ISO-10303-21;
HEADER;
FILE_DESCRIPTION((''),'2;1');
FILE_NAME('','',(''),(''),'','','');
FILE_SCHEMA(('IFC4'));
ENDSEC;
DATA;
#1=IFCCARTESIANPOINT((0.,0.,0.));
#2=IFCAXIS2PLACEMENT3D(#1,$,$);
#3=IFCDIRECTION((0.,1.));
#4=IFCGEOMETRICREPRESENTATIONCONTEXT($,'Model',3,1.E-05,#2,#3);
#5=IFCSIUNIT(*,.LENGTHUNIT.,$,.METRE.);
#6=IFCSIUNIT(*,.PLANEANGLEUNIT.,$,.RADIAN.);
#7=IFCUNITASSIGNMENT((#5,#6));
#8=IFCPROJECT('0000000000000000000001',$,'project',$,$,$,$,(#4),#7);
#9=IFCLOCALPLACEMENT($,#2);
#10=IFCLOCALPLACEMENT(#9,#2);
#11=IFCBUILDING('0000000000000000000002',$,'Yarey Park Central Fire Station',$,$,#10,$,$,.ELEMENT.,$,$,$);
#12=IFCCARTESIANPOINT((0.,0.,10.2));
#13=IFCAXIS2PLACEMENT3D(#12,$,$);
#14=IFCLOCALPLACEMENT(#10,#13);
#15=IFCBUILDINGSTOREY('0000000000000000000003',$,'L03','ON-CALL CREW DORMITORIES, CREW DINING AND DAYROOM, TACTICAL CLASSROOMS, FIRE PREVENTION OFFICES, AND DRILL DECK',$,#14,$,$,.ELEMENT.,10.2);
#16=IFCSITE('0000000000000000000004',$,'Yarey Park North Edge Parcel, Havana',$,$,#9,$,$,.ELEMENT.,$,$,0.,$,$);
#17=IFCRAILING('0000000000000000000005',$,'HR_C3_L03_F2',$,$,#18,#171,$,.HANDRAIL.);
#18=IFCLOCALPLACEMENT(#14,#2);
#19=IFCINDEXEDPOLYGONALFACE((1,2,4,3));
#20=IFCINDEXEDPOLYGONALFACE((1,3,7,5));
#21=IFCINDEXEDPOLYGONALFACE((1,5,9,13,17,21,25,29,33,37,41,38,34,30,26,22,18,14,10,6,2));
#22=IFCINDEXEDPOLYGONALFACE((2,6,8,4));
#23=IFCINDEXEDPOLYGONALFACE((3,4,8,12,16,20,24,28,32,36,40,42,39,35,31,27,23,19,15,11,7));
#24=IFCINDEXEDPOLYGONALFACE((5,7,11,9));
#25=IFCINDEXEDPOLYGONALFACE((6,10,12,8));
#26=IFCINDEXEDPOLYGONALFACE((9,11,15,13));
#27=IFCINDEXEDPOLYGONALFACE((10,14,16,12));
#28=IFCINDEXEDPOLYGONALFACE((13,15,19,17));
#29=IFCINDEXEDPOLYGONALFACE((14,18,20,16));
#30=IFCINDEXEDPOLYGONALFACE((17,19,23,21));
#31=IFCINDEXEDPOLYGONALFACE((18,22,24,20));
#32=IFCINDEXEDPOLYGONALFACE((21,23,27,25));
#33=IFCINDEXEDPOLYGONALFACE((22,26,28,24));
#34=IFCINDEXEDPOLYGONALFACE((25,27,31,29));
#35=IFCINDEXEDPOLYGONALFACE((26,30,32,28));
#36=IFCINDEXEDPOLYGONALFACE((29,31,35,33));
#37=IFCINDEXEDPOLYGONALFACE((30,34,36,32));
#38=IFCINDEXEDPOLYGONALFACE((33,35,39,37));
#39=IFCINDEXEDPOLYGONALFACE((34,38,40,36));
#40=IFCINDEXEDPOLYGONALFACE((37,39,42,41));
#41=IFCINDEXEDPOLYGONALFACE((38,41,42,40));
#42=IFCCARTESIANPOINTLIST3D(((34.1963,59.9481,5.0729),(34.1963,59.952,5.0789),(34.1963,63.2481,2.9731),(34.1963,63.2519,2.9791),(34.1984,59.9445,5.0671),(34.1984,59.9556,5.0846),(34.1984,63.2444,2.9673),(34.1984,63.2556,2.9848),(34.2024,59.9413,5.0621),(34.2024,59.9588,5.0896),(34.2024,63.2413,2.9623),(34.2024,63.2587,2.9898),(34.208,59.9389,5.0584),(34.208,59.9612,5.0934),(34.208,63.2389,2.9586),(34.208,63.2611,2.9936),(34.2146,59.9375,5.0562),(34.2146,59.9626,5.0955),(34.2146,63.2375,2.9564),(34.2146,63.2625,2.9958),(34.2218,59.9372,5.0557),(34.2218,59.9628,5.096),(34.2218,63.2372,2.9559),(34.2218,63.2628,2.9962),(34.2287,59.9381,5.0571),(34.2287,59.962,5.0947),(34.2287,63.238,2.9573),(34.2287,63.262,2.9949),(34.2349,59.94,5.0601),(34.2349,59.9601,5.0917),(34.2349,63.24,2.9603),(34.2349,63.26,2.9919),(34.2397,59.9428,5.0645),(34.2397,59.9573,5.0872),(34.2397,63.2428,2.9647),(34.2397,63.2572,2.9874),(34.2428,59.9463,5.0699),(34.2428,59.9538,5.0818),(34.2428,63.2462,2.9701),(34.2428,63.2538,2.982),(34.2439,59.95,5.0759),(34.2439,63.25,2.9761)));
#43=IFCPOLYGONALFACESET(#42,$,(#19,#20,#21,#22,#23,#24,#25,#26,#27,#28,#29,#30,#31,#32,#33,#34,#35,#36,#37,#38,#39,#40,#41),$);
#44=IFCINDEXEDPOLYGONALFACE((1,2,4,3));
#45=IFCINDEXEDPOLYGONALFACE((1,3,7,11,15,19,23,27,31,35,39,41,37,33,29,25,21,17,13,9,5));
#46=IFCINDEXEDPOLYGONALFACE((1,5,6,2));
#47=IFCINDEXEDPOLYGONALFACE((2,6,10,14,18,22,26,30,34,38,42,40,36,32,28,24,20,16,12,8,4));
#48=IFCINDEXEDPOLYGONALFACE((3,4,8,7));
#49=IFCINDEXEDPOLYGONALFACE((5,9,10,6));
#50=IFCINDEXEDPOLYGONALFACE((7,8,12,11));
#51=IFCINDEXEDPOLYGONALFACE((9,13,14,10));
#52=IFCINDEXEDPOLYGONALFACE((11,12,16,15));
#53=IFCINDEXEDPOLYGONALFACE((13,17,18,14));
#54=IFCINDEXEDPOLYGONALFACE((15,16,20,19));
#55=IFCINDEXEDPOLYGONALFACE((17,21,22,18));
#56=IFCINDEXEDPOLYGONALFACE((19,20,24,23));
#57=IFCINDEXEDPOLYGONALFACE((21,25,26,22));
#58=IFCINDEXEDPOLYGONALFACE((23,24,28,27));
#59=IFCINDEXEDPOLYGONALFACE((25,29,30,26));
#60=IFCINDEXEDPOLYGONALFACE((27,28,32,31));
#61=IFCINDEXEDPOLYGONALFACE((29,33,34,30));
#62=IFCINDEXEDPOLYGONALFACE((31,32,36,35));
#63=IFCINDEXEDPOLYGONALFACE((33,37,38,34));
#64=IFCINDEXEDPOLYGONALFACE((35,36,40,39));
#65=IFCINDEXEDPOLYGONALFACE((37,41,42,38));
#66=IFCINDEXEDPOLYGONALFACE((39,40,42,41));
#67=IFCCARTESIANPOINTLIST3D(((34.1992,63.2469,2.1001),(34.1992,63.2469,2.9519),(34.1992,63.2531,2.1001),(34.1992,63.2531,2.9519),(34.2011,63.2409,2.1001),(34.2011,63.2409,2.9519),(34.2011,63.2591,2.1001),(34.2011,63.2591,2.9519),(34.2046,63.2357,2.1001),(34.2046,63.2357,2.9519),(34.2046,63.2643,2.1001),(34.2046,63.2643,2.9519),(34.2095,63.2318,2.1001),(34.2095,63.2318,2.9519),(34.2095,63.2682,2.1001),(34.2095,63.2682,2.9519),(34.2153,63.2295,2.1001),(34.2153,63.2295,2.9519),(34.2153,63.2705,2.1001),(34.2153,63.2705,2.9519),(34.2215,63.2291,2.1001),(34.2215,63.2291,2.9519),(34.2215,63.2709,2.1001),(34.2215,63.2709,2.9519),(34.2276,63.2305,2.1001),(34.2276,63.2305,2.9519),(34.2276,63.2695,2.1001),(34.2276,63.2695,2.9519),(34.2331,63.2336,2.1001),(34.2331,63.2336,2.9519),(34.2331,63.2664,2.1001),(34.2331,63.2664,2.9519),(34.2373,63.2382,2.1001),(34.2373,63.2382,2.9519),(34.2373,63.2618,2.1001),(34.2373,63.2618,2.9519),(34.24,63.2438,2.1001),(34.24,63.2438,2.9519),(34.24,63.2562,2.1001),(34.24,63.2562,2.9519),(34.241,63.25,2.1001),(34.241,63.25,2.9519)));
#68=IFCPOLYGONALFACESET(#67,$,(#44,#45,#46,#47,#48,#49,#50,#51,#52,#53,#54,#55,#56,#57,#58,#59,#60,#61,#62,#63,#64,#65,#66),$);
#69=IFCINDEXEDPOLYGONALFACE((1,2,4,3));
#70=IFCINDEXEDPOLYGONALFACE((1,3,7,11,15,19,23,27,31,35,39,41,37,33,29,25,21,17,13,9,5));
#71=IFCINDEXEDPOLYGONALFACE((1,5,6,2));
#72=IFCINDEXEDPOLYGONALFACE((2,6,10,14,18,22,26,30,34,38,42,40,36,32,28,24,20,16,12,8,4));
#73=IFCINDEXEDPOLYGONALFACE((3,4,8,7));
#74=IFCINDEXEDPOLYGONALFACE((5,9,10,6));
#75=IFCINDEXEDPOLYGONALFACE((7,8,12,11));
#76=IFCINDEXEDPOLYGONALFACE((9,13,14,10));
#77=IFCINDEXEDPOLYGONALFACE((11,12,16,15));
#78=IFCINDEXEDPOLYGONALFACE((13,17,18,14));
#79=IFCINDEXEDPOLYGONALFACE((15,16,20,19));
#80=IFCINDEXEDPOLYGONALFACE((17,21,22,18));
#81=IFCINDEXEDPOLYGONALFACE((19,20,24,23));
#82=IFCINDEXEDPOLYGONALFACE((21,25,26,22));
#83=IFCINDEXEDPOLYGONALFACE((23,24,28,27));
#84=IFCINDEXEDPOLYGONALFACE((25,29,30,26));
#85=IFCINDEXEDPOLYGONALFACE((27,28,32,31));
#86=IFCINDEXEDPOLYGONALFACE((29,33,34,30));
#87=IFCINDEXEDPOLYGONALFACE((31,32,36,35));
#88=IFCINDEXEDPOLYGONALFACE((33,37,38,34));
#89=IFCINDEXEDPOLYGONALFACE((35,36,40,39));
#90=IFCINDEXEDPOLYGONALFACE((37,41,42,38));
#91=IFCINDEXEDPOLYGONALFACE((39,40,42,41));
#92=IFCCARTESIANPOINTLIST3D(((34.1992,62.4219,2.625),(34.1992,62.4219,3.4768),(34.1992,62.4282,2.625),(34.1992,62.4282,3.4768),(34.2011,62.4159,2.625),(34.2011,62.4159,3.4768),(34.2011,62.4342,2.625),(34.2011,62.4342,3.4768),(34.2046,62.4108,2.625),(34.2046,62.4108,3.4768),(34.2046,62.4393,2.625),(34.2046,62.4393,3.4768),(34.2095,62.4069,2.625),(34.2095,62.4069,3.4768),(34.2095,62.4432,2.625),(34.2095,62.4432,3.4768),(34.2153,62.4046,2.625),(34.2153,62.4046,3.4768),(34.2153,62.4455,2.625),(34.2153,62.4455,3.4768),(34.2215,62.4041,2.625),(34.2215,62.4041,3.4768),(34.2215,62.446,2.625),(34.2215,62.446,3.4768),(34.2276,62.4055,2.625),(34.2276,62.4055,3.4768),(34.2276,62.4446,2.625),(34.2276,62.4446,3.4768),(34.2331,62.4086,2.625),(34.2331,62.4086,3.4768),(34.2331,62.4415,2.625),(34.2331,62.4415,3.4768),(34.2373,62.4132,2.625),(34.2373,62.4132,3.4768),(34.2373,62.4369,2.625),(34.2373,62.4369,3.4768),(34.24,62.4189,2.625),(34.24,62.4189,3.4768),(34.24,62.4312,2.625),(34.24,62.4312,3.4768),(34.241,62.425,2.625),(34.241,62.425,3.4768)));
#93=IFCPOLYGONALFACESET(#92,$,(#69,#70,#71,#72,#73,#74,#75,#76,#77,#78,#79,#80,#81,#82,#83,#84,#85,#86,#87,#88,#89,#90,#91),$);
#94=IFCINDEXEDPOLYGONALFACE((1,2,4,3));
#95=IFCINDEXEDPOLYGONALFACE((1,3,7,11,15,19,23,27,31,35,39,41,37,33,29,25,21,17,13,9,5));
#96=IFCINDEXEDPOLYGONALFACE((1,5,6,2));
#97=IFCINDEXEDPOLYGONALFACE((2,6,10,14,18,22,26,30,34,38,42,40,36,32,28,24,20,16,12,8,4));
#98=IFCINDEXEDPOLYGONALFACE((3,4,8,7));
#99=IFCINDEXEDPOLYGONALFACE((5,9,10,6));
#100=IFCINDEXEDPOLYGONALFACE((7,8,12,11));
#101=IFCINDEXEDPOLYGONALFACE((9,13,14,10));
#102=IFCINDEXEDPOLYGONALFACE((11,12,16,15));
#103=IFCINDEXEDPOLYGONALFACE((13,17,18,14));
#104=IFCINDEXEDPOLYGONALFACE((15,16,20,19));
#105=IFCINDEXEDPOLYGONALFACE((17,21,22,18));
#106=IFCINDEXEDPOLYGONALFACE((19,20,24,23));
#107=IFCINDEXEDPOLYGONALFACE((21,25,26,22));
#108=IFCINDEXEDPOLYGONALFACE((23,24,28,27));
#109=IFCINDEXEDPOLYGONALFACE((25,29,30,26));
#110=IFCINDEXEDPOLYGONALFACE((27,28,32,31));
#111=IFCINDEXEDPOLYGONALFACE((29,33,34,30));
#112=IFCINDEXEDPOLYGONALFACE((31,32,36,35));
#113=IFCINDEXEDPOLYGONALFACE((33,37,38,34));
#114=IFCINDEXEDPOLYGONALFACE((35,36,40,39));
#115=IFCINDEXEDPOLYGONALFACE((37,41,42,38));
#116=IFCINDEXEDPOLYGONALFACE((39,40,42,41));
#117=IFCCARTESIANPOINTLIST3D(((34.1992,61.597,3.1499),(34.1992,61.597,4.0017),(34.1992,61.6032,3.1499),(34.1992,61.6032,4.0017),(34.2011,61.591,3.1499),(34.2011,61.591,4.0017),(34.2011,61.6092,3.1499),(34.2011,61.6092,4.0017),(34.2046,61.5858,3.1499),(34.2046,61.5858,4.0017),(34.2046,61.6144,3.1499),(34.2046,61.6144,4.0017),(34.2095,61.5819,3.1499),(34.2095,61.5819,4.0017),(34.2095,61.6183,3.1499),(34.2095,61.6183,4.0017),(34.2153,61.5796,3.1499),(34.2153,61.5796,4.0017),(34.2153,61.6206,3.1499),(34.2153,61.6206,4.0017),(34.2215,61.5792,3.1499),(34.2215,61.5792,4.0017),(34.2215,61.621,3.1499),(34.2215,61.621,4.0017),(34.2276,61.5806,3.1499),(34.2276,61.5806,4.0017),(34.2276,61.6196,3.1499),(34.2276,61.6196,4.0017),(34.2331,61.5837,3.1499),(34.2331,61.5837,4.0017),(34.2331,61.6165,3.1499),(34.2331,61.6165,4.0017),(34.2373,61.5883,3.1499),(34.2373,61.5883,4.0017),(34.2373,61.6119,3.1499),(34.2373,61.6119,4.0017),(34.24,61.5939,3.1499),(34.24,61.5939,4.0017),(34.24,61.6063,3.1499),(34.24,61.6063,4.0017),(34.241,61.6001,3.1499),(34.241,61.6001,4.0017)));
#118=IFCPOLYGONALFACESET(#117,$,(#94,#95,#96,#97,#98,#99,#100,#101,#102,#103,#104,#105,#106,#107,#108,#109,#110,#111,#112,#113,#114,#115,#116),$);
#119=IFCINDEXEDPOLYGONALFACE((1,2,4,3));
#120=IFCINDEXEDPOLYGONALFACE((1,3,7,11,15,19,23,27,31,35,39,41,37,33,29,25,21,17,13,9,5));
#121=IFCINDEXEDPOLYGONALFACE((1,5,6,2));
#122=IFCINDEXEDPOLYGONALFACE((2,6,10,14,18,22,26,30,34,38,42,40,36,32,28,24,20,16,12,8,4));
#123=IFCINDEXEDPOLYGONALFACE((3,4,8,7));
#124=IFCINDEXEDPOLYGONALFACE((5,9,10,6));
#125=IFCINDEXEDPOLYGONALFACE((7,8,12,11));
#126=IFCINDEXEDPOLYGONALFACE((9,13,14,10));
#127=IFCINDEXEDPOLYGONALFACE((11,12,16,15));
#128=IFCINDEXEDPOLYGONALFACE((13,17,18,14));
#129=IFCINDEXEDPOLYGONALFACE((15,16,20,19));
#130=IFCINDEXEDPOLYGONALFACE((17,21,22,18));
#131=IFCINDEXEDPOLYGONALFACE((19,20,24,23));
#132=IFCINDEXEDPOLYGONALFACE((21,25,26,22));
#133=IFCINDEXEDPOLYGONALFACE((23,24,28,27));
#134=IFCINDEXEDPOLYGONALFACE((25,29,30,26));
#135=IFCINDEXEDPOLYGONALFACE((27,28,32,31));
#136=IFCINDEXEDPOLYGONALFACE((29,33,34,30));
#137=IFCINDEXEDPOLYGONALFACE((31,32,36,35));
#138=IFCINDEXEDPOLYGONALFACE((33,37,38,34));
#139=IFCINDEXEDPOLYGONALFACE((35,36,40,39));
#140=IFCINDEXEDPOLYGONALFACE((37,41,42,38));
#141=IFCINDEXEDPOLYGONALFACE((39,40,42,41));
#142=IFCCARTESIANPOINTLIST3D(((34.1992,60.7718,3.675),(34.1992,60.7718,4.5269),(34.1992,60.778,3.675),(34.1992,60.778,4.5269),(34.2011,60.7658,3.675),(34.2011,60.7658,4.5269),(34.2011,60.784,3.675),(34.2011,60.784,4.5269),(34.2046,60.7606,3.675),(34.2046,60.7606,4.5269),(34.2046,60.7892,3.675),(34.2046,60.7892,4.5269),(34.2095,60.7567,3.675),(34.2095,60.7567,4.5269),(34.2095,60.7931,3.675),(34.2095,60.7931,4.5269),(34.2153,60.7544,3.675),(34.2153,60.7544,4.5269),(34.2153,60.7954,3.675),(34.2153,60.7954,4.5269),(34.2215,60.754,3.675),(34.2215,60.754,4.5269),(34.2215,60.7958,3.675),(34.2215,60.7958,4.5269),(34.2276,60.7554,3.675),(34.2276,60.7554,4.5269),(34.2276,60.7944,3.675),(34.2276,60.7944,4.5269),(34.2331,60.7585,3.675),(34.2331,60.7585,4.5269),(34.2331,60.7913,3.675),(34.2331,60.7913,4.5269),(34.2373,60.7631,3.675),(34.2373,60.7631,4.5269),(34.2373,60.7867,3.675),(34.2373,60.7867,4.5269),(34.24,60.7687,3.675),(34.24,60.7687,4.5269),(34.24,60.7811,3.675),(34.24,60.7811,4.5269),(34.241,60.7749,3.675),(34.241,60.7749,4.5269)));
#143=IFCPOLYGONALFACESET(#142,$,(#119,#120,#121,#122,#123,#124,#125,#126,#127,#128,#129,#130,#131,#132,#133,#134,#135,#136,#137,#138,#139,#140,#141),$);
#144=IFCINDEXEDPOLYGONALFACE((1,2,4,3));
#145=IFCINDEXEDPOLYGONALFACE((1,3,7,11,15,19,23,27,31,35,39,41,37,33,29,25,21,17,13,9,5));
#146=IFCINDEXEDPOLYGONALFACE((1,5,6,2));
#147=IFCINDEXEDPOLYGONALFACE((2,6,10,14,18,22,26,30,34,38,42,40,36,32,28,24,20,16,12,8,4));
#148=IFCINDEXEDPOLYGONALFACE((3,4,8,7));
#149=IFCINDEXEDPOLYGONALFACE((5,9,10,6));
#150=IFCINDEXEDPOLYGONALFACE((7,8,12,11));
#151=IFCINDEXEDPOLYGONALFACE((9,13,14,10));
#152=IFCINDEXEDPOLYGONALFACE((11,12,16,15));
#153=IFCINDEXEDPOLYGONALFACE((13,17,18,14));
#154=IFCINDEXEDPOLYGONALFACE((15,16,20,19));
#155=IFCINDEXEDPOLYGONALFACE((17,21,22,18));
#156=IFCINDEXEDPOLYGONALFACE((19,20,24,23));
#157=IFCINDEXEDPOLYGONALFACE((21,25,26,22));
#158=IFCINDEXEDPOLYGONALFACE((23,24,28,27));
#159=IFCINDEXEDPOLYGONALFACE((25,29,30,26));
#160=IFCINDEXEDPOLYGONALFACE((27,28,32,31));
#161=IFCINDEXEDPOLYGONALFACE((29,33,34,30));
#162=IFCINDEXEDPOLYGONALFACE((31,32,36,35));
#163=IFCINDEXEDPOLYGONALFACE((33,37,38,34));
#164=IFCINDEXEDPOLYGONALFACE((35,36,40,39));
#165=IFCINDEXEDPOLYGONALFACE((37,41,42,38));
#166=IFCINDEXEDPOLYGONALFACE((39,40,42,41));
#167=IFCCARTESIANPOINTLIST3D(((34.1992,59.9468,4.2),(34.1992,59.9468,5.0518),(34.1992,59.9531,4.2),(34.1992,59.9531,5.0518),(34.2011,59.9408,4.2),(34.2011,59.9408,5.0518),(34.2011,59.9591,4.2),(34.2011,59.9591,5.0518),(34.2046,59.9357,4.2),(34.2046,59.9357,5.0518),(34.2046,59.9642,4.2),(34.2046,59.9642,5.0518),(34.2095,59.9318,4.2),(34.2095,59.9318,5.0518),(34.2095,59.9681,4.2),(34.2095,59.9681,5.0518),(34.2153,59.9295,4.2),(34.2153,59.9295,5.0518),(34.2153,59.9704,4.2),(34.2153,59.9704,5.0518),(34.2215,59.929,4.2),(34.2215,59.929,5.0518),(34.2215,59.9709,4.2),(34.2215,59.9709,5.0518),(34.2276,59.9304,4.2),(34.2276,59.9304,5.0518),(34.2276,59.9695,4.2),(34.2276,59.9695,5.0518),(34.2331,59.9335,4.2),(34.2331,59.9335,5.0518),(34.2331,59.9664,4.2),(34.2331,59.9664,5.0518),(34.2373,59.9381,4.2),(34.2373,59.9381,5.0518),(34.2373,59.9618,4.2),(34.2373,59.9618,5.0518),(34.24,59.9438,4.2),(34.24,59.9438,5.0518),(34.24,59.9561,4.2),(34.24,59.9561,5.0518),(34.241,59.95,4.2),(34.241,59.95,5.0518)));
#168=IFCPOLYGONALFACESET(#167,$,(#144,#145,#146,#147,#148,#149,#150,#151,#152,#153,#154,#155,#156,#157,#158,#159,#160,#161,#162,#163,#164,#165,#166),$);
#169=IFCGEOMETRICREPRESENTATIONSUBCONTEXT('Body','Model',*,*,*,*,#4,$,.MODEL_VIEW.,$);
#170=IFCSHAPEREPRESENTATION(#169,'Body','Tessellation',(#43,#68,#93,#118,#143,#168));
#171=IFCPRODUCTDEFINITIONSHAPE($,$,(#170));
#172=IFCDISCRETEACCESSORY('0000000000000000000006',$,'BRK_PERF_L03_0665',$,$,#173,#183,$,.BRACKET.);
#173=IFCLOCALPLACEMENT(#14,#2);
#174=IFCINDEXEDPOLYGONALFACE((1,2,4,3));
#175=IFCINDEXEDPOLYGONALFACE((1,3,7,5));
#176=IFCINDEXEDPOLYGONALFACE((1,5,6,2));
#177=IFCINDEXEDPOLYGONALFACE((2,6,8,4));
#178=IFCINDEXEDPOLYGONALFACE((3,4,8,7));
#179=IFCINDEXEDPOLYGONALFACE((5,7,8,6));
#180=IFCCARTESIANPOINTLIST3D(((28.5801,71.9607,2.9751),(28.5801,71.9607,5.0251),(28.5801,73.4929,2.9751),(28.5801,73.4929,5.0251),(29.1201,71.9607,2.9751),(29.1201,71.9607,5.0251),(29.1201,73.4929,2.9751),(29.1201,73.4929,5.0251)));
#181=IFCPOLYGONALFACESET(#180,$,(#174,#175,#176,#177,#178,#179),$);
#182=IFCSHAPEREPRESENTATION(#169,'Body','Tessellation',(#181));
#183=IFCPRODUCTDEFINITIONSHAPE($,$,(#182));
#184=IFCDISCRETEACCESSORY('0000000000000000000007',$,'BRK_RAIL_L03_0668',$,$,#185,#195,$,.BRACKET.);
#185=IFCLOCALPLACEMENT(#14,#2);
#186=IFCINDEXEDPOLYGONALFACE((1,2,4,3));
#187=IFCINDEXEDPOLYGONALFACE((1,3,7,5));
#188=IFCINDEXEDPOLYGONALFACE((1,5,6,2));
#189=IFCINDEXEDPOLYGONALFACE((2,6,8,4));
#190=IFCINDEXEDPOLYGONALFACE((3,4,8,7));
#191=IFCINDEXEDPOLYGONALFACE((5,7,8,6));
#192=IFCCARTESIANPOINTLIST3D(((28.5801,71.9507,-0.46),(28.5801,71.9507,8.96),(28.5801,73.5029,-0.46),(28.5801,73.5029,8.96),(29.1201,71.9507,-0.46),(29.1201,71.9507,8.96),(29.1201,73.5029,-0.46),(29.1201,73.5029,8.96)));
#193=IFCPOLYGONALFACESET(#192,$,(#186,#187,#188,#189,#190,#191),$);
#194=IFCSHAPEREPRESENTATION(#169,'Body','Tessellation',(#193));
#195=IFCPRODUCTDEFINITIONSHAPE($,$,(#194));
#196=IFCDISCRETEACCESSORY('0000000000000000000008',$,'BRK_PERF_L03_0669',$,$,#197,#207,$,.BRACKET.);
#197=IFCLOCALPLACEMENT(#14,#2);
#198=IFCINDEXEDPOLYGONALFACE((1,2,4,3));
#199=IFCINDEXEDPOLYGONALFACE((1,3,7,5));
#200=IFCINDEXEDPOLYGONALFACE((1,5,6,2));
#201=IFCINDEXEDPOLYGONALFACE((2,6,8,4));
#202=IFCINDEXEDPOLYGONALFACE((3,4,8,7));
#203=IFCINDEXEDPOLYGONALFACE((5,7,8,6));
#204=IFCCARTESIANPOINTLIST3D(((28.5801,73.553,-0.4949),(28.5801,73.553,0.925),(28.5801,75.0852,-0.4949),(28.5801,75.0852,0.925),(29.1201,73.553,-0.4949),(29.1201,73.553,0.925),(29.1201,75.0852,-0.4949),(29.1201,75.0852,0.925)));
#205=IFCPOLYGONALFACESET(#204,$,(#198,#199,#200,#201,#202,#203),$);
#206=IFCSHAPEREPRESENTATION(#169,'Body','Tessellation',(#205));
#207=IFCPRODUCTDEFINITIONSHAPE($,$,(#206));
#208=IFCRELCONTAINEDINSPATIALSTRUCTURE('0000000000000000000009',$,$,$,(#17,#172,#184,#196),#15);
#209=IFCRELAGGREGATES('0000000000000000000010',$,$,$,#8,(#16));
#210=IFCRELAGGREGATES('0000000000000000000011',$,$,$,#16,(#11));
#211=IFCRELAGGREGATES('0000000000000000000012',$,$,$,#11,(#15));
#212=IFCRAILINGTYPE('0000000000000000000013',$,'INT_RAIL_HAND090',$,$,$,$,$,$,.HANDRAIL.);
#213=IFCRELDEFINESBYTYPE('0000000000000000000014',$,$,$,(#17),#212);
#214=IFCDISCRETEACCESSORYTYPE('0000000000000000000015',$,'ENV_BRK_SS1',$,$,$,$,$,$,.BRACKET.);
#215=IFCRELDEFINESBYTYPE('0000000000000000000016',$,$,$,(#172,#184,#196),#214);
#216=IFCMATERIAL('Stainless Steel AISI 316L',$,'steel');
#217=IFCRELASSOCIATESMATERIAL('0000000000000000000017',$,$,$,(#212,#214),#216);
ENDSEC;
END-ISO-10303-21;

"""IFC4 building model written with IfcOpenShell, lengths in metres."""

from ifc_helpers import new_model, si_unit, direction, frame, origin, origin_2d, place, context, subcontext, project, spatial, rectangle, circle, extrude, material, type_object, element, save


model = new_model("IFC4")

# Units and contexts
model_context = context("Model", 3, precision=1e-05, world=origin(), true_north=direction((0.0, 1.0)))
body_context = subcontext(model_context, "Body", "Model", "MODEL_VIEW")
ifc_project = project(units=[si_unit("LENGTHUNIT", "METRE"), si_unit("PLANEANGLEUNIT", "RADIAN")], contexts=[model_context])

# Site, building, storey
site_placement = place(None, origin())
site = spatial("IfcSite", under=ifc_project, at=site_placement, Name="Yarey Park North Edge Parcel, Havana", CompositionType="ELEMENT", RefElevation=0.0)
building_placement = place(site_placement, origin())
building = spatial("IfcBuilding", under=site, at=building_placement, Name="Yarey Park Central Fire Station", CompositionType="ELEMENT")
storey_placement = place(building_placement, frame((0.0, 0.0, 10.2)))
storey = spatial("IfcBuildingStorey", under=building, at=storey_placement, Name="L03", Description="ON-CALL CREW DORMITORIES, CREW DINING AND DAYROOM, TACTICAL CLASSROOMS, FIRE PREVENTION OFFICES, AND DRILL DECK", CompositionType="ELEMENT", Elevation=10.2)

# Railing
ifc_material_1 = material(Name="Stainless Steel AISI 316L", Category="steel")
railing_type_1 = type_object("IfcRailingType", Name="INT_RAIL_HAND090", PredefinedType="HANDRAIL", material=ifc_material_1)
railing_1_placement = place(storey_placement, frame((34.22, 63.25, 2.1001)))
element("IfcRailing", 1, at=railing_1_placement, inside=storey, type_object=railing_type_1, Name="HR_C3_L03_F2", PredefinedType="HANDRAIL", context=body_context, shape_type="SweptSolid", body=[
    extrude(circle(Radius=0.0239, at=origin_2d()), frame((0.0, 0.0, 0.876), z_axis=(0.0, -0.843682, 0.536843), x_axis=(1.0, 0.0, 0.0)), (0.0, 0.0, 1.0), 3.9114),
    extrude(circle(Radius=0.021, at=origin_2d()), origin(), (0.0, 0.0, 1.0), 0.8518),
    extrude(circle(Radius=0.021, at=origin_2d()), frame((0.0, -0.825, 0.5249)), (0.0, 0.0, 1.0), 0.8518),
    extrude(circle(Radius=0.021, at=origin_2d()), frame((0.0, -1.6499, 1.0498)), (0.0, 0.0, 1.0), 0.8518),
    extrude(circle(Radius=0.021, at=origin_2d()), frame((0.0, -2.4751, 1.575)), (0.0, 0.0, 1.0), 0.8518),
    extrude(circle(Radius=0.021, at=origin_2d()), frame((0.0, -3.3, 2.0999)), (0.0, 0.0, 1.0), 0.8518),
])

# Discrete accessories
discrete_accessory_type = type_object("IfcDiscreteAccessoryType", Name="ENV_BRK_SS1", PredefinedType="BRACKET", material=ifc_material_1)
discrete_accessory_1_placement = place(storey_placement, frame((28.8501, 72.7268, 2.9751), z_axis=(0.0, 0.0, 1.0), x_axis=(1.0, 0.0, 0.0)))
element("IfcDiscreteAccessory", 2, at=discrete_accessory_1_placement, inside=storey, type_object=discrete_accessory_type, Name="BRK_PERF_L03_0665", PredefinedType="BRACKET", context=body_context, shape_type="SweptSolid", body=[
    extrude(rectangle(XDim=0.54, YDim=1.5322, at=origin_2d()), origin(), (0.0, 0.0, 1.0), 2.05),
])
discrete_accessory_2_placement = place(storey_placement, frame((28.8501, 72.7268, -0.46), z_axis=(0.0, 0.0, 1.0), x_axis=(1.0, 0.0, 0.0)))
element("IfcDiscreteAccessory", 3, at=discrete_accessory_2_placement, inside=storey, type_object=discrete_accessory_type, Name="BRK_RAIL_L03_0668", PredefinedType="BRACKET", context=body_context, shape_type="SweptSolid", body=[
    extrude(rectangle(XDim=0.54, YDim=1.5522, at=origin_2d()), origin(), (0.0, 0.0, 1.0), 9.4199),
])
discrete_accessory_3_placement = place(storey_placement, frame((28.8501, 74.3191, -0.4949), z_axis=(0.0, 0.0, 1.0), x_axis=(1.0, 0.0, 0.0)))
element("IfcDiscreteAccessory", 4, at=discrete_accessory_3_placement, inside=storey, type_object=discrete_accessory_type, Name="BRK_PERF_L03_0669", PredefinedType="BRACKET", context=body_context, shape_type="SweptSolid", body=[
    extrude(rectangle(XDim=0.54, YDim=1.5322, at=origin_2d()), origin(), (0.0, 0.0, 1.0), 1.4199),
])

save(model, "model.ifc")
